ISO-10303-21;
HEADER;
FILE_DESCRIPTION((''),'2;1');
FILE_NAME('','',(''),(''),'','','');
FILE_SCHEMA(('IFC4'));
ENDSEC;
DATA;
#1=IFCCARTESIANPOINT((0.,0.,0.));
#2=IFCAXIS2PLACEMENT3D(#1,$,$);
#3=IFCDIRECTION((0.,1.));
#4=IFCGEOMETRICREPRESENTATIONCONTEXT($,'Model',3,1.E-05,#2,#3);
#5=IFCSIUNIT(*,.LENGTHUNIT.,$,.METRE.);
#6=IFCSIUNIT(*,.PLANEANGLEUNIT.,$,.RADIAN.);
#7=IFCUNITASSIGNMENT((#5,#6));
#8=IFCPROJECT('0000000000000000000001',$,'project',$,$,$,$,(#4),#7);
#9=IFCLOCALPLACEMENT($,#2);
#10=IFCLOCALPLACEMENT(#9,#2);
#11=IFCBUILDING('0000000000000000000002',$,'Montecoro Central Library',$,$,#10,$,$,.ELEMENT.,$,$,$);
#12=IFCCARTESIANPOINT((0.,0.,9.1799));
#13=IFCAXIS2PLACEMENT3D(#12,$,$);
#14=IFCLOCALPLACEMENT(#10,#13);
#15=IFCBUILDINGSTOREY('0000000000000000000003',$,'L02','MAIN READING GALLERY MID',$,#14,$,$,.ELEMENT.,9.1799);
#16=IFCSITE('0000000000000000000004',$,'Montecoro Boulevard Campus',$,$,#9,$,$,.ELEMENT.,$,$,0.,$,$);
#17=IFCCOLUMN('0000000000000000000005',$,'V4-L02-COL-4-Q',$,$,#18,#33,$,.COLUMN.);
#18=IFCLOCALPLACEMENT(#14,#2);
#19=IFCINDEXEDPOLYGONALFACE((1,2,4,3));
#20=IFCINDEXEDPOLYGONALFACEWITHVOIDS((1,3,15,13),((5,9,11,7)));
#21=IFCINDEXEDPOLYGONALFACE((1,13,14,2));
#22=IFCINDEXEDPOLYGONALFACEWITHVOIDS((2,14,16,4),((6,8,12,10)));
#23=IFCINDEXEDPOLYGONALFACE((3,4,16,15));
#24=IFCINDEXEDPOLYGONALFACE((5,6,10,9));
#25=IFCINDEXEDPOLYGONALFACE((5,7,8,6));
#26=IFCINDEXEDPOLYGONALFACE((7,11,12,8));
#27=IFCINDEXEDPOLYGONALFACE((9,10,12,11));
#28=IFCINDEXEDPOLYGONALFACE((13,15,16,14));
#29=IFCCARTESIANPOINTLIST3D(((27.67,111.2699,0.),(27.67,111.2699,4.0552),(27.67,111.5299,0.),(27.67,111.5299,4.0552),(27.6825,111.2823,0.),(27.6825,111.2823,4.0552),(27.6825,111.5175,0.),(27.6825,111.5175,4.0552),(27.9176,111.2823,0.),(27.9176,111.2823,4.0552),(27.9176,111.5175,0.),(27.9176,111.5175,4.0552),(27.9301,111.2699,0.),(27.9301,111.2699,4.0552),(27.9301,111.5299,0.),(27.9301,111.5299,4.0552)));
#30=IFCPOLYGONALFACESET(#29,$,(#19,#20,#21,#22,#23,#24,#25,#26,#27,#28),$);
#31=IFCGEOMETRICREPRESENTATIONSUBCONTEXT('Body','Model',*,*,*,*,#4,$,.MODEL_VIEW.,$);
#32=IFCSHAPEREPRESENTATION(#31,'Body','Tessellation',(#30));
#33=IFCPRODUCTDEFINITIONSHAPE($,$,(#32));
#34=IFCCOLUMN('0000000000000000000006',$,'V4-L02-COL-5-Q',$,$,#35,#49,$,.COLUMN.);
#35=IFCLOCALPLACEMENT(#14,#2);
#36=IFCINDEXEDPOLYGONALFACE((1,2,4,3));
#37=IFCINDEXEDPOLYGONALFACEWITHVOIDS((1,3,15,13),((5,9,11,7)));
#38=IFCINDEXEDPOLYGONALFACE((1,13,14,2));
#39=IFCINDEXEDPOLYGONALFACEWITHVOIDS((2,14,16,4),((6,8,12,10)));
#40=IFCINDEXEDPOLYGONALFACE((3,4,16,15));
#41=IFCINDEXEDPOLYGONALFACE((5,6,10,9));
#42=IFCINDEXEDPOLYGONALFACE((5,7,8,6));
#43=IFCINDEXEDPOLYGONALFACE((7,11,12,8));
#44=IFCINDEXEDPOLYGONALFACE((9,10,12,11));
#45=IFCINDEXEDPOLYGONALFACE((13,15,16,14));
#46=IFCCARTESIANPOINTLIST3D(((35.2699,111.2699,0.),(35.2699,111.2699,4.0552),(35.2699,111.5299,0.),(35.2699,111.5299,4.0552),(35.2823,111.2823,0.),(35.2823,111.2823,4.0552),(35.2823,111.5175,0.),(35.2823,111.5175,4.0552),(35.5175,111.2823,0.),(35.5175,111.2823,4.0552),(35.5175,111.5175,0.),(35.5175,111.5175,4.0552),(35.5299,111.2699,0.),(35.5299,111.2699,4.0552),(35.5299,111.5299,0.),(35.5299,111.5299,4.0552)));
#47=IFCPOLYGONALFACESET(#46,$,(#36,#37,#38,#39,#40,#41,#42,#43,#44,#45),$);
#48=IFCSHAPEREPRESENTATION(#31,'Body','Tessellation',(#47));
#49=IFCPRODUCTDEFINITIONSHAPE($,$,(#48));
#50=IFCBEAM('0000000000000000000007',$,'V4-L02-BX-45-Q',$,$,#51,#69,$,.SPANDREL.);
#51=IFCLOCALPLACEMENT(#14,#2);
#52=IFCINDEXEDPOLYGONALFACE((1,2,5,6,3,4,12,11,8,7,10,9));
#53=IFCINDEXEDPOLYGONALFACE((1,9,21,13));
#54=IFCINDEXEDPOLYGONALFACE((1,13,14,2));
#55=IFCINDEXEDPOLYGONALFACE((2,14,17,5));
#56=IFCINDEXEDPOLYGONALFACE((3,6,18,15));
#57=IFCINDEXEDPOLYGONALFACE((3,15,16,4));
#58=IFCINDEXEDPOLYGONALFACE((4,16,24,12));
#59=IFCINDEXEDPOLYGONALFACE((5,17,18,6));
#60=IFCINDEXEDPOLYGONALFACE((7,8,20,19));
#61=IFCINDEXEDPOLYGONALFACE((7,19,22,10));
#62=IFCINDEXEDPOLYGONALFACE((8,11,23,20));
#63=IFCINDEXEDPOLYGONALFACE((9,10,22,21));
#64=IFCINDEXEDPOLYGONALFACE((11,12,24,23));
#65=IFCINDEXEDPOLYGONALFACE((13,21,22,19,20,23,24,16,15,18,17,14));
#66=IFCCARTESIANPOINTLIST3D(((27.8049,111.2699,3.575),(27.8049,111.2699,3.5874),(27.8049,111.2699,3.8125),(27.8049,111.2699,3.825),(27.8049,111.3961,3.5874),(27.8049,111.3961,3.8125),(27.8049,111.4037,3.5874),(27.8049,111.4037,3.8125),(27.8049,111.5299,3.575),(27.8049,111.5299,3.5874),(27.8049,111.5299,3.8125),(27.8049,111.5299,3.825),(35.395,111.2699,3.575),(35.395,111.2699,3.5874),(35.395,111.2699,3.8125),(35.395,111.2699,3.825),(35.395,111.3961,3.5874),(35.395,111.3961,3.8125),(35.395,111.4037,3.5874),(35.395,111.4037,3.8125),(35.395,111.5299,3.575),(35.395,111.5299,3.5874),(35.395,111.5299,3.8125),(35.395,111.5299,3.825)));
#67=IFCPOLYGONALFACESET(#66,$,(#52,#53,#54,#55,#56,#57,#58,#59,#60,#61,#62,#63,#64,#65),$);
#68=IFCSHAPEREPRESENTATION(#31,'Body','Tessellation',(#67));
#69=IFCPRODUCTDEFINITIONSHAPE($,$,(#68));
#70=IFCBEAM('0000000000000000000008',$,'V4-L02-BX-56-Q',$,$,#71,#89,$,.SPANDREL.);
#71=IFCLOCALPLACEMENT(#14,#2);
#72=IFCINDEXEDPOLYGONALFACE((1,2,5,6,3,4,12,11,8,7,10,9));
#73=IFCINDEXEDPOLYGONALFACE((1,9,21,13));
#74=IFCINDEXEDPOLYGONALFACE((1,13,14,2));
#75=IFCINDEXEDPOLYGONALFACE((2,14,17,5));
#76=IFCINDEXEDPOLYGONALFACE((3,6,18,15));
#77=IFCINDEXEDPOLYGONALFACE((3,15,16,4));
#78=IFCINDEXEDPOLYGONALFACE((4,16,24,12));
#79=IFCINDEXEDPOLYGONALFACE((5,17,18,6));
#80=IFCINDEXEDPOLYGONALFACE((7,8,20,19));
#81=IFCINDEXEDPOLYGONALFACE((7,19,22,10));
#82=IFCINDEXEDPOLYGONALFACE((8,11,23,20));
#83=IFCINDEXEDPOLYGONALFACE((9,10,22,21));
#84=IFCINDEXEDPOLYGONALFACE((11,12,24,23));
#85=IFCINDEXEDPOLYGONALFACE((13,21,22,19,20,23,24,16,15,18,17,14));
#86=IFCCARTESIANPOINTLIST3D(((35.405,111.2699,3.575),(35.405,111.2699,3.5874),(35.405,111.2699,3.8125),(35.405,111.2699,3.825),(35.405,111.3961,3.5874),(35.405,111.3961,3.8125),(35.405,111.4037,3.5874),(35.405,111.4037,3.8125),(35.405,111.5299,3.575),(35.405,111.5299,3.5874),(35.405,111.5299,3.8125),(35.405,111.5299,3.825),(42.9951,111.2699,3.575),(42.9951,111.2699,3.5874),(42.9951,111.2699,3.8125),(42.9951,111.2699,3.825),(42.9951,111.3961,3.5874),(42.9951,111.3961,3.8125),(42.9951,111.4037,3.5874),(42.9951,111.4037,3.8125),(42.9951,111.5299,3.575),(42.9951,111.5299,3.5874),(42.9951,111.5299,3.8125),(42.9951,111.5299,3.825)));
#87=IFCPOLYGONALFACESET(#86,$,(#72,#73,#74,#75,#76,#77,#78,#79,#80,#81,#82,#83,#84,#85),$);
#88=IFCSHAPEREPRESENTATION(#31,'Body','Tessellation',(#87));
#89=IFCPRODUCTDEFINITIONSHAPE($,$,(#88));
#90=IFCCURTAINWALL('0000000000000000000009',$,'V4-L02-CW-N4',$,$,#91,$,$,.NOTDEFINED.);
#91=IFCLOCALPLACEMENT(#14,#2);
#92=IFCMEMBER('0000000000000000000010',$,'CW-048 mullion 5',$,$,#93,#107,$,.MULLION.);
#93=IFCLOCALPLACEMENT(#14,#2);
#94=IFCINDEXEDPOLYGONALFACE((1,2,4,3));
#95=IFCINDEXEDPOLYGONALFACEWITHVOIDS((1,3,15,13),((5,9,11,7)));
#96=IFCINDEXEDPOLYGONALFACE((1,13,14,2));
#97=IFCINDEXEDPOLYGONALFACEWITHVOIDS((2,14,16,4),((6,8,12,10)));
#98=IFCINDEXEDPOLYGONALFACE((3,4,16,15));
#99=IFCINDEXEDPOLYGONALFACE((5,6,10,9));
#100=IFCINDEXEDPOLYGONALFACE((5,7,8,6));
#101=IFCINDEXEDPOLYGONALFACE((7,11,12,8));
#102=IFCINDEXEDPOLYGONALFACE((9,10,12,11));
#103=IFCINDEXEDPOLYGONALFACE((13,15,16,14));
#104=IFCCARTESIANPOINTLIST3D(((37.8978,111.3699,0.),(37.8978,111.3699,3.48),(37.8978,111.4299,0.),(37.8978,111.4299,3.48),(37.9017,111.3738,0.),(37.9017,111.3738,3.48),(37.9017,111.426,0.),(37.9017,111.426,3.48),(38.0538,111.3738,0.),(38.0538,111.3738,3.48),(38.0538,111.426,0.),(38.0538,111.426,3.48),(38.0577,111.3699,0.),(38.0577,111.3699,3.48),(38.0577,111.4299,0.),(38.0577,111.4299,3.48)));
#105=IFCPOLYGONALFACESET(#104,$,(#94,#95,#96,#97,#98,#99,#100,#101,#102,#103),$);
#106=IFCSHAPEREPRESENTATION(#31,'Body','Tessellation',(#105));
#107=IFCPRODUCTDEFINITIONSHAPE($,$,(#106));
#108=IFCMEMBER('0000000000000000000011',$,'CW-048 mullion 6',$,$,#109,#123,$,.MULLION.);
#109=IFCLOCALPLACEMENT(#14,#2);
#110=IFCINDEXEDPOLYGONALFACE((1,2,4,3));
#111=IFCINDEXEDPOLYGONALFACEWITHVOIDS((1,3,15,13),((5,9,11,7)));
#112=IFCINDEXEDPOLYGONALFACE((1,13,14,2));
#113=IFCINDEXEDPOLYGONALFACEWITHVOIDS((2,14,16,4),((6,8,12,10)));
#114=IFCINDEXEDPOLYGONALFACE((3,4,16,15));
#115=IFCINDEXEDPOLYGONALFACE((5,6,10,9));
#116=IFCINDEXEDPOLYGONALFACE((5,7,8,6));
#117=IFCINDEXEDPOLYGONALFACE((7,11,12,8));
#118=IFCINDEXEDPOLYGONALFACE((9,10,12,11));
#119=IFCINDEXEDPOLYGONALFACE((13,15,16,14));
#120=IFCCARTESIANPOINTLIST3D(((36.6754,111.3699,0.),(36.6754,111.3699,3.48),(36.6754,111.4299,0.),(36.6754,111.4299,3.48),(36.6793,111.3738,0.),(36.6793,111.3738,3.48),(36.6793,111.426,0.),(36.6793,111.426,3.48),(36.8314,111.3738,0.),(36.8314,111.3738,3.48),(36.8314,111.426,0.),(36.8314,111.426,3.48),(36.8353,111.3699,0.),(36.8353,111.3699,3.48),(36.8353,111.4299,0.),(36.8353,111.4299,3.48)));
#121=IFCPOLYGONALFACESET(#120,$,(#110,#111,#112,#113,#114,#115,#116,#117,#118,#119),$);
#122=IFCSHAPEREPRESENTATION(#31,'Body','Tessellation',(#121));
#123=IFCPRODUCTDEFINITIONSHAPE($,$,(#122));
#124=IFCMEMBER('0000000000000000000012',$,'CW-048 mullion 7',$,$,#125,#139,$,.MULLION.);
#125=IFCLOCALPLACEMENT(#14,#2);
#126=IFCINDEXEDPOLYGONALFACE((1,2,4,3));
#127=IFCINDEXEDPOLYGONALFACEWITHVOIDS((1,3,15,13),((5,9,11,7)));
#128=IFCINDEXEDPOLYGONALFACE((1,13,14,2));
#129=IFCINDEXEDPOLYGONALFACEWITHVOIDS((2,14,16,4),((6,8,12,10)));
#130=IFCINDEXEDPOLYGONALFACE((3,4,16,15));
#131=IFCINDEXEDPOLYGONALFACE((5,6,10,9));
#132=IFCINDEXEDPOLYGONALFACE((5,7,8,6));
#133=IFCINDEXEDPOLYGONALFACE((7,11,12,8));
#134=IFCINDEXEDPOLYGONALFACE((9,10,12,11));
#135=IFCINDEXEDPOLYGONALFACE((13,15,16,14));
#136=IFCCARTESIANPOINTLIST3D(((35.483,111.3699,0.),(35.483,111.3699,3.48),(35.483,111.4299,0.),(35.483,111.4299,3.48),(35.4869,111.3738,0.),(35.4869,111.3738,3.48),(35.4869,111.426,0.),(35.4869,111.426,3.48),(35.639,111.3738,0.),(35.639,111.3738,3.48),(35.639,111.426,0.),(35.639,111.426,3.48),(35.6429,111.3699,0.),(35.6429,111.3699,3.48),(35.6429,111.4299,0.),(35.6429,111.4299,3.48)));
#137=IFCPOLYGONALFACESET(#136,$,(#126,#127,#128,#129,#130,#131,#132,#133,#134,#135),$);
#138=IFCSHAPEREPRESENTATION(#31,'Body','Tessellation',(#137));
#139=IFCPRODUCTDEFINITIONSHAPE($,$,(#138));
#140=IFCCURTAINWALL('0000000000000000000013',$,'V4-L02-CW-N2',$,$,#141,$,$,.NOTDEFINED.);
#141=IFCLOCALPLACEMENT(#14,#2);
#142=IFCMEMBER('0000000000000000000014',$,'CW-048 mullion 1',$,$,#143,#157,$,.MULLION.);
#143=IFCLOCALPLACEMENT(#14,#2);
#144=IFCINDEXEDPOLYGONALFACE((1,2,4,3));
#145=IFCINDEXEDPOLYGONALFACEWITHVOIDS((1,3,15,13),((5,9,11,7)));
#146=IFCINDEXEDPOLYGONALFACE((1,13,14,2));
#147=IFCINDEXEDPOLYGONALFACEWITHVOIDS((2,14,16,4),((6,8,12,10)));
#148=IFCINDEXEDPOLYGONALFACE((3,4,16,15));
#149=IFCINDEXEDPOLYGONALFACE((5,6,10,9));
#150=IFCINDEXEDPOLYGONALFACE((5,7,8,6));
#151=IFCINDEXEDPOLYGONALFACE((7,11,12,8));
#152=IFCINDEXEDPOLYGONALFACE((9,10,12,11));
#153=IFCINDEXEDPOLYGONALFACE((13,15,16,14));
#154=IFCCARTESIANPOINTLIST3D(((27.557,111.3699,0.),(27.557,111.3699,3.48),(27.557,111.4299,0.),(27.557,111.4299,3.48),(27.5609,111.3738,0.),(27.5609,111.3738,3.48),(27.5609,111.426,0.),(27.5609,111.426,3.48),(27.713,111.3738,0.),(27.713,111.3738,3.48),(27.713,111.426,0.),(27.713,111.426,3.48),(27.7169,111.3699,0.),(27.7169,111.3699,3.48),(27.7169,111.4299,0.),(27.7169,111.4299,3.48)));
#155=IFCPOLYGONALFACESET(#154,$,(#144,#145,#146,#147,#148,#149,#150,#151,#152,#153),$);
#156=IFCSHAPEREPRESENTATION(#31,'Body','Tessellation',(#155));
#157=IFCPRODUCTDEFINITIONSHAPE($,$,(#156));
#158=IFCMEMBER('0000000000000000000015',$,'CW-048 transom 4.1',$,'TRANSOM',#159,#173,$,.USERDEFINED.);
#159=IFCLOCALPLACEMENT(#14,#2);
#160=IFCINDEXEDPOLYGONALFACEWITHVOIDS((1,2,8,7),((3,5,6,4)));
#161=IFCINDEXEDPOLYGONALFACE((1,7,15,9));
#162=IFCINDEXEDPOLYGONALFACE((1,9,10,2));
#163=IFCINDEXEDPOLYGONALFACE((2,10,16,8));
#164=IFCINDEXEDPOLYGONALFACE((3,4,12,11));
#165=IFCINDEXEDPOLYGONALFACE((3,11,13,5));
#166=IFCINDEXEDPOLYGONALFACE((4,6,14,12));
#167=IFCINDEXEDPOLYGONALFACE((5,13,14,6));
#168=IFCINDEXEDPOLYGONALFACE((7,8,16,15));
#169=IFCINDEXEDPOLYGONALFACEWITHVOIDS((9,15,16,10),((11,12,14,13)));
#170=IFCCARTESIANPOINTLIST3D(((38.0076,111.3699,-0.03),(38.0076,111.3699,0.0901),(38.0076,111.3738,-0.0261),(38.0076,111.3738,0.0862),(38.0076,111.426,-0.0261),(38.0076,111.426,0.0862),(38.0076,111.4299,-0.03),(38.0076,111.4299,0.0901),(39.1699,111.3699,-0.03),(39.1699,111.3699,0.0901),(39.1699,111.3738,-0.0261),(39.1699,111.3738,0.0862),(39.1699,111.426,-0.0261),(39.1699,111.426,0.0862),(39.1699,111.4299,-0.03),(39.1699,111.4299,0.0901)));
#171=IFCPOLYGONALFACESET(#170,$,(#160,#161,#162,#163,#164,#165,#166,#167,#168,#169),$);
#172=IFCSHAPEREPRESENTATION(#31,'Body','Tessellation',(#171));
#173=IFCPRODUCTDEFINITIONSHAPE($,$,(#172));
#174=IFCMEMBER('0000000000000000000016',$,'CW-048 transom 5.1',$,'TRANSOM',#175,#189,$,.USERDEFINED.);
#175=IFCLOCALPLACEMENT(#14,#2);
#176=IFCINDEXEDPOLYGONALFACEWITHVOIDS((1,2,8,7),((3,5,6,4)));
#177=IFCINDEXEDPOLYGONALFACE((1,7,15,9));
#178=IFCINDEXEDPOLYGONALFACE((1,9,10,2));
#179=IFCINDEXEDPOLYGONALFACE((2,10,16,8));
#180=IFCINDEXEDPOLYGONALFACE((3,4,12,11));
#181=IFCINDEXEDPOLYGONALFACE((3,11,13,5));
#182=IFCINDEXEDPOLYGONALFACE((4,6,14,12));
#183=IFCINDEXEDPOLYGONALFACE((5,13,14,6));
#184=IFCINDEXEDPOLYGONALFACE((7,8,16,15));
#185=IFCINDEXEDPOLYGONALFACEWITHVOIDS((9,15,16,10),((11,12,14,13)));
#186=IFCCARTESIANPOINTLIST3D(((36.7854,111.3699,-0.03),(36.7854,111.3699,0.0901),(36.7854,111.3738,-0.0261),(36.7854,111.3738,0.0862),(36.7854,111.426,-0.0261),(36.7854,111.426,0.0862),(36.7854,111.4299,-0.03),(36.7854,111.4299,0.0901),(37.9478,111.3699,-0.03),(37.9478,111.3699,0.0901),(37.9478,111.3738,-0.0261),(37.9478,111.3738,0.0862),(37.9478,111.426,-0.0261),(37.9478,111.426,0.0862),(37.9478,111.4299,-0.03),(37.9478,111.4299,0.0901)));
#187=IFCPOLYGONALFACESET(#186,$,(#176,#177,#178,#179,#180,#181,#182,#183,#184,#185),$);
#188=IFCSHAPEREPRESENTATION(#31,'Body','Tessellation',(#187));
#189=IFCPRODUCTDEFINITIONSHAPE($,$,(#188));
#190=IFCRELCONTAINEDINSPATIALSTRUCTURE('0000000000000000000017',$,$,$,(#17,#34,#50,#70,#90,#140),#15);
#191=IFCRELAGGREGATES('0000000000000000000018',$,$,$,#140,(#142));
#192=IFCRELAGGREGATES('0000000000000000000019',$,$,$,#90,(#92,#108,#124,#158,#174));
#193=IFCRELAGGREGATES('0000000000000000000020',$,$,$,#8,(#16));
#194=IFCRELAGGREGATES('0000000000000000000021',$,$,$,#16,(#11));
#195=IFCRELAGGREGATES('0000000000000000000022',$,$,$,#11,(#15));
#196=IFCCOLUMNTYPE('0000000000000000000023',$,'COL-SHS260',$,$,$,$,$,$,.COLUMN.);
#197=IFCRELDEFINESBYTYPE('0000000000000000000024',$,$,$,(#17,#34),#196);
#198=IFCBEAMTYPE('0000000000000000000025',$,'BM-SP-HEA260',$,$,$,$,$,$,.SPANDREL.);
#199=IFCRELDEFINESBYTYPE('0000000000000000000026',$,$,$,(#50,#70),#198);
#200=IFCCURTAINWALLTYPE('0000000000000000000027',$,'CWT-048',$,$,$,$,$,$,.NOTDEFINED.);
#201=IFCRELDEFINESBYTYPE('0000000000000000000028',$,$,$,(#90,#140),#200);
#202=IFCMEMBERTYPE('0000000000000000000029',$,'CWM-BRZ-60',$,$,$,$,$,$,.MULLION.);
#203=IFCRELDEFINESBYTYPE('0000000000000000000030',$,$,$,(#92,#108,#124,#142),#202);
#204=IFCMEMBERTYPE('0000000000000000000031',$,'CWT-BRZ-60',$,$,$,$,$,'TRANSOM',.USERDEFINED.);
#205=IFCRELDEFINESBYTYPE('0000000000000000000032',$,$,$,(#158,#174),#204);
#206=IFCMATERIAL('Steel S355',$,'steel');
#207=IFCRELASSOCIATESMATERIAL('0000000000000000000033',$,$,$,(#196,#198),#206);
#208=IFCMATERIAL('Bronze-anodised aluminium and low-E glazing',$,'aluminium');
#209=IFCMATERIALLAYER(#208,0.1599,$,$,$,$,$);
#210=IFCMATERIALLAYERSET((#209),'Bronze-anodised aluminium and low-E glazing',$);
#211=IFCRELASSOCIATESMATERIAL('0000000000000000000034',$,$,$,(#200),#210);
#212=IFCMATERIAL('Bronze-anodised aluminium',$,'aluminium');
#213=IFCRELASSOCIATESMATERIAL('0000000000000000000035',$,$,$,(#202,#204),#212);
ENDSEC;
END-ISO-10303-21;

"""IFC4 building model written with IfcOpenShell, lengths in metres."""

from ifc_helpers import new_model, si_unit, direction, frame, origin, origin_2d, place, context, subcontext, project, spatial, hollow_rectangle, i_section, extrude, material, layer, layer_set, material_profile, profile_set, type_object, element, aggregate, save


model = new_model("IFC4")

# Units and contexts
model_context = context("Model", 3, precision=1e-05, world=origin(), true_north=direction((0.0, 1.0)))
body_context = subcontext(model_context, "Body", "Model", "MODEL_VIEW")
ifc_project = project(units=[si_unit("LENGTHUNIT", "METRE"), si_unit("PLANEANGLEUNIT", "RADIAN")], contexts=[model_context])

# Site, building, storey
site_placement = place(None, origin())
site = spatial("IfcSite", under=ifc_project, at=site_placement, Name="Montecoro Boulevard Campus", CompositionType="ELEMENT", RefElevation=0.0)
building_placement = place(site_placement, origin())
building = spatial("IfcBuilding", under=site, at=building_placement, Name="Montecoro Central Library", CompositionType="ELEMENT")
storey_placement = place(building_placement, frame((0.0, 0.0, 9.1799)))
storey = spatial("IfcBuildingStorey", under=building, at=storey_placement, Name="L02", Description="MAIN READING GALLERY MID", CompositionType="ELEMENT", Elevation=9.1799)

# Columns
ifc_material_1 = material(Name="Steel S355", Category="steel")
ifc_material_profile_1 = material_profile(ifc_material_1, hollow_rectangle(XDim=0.26, YDim=0.26, WallThickness=0.0125, at=origin_2d()), Name="SHS 260x260x12.5")
ifc_profile_set_1 = profile_set([ifc_material_profile_1], Name="Steel S355")
column_type = type_object("IfcColumnType", Name="COL-SHS260", PredefinedType="COLUMN", material=ifc_profile_set_1)
for number, where, z_axis, x_axis, name in (
    (1, (27.8, 111.3999, 0.0), (0.0, 0.0, 1.0), (1.0, 0.0, 0.0), "V4-L02-COL-4-Q"),
    (2, (35.3999, 111.3999, 0.0), (0.0, 0.0, 1.0), (1.0, 0.0, 0.0), "V4-L02-COL-5-Q"),
):
    element("IfcColumn", number, at=place(storey_placement, frame(where, z_axis=z_axis, x_axis=x_axis)), inside=storey, type_object=column_type, Name=name, PredefinedType="COLUMN", context=body_context, shape_type="SweptSolid", body=[
        extrude(hollow_rectangle(XDim=0.26, YDim=0.26, WallThickness=0.0125, at=origin_2d()), origin(), (0.0, 0.0, 1.0), 4.0552),
    ])

# Beams
ifc_material_profile_2 = material_profile(ifc_material_1, i_section(OverallWidth=0.26, OverallDepth=0.25, WebThickness=0.0076, FlangeThickness=0.0125, at=origin_2d()), Name="HEA 260")
ifc_profile_set_2 = profile_set([ifc_material_profile_2], Name="Steel S355")
beam_type = type_object("IfcBeamType", Name="BM-SP-HEA260", PredefinedType="SPANDREL", material=ifc_profile_set_2)
for number, where, z_axis, x_axis, name in (
    (3, (27.8049, 111.3999, 3.7), (1.0, 0.0, 0.0), (0.0, 1.0, 0.0), "V4-L02-BX-45-Q"),
    (4, (35.405, 111.3999, 3.7), (1.0, 0.0, 0.0), (0.0, 1.0, 0.0), "V4-L02-BX-56-Q"),
):
    element("IfcBeam", number, at=place(storey_placement, frame(where, z_axis=z_axis, x_axis=x_axis)), inside=storey, type_object=beam_type, Name=name, PredefinedType="SPANDREL", context=body_context, shape_type="SweptSolid", body=[
        extrude(i_section(OverallWidth=0.26, OverallDepth=0.25, WebThickness=0.0076, FlangeThickness=0.0125, at=origin_2d()), origin(), (0.0, 0.0, 1.0), 7.5901),
    ])

# Curtain wall, members
ifc_material_2 = material(Name="Bronze-anodised aluminium and low-E glazing", Category="aluminium")
ifc_layer_1 = layer(ifc_material_2, 0.1599)
ifc_layer_set_1 = layer_set([ifc_layer_1], Name="Bronze-anodised aluminium and low-E glazing")
curtain_wall_type = type_object("IfcCurtainWallType", Name="CWT-048", PredefinedType="NOTDEFINED", material=ifc_layer_set_1)
curtain_wall_1_placement = place(storey_placement, origin())
curtain_wall_1 = element("IfcCurtainWall", 5, at=curtain_wall_1_placement, inside=storey, type_object=curtain_wall_type, Name="V4-L02-CW-N4", PredefinedType="NOTDEFINED")
ifc_material_3 = material(Name="Bronze-anodised aluminium", Category="aluminium")
ifc_material_profile_3 = material_profile(ifc_material_3, hollow_rectangle(XDim=0.0601, YDim=0.1599, WallThickness=0.0039, at=origin_2d()), Name="CWM 160x60x4.0")
ifc_profile_set_3 = profile_set([ifc_material_profile_3], Name="Bronze-anodised aluminium")
member_type_1 = type_object("IfcMemberType", Name="CWM-BRZ-60", PredefinedType="MULLION", material=ifc_profile_set_3)
member_1_placement = place(storey_placement, frame((37.9778, 111.3999, 0.0), z_axis=(0.0, 0.0, 1.0), x_axis=(0.0, -1.0, 0.0)))
member_1 = element("IfcMember", 6, at=member_1_placement, type_object=member_type_1, Name="CW-048 mullion 5", PredefinedType="MULLION", context=body_context, shape_type="SweptSolid", body=[
    extrude(hollow_rectangle(XDim=0.0601, YDim=0.1599, WallThickness=0.0039, at=origin_2d()), origin(), (0.0, 0.0, 1.0), 3.48),
])
member_2_placement = place(storey_placement, frame((36.7554, 111.3999, 0.0), z_axis=(0.0, 0.0, 1.0), x_axis=(0.0, -1.0, 0.0)))
member_2 = element("IfcMember", 7, at=member_2_placement, type_object=member_type_1, Name="CW-048 mullion 6", PredefinedType="MULLION", context=body_context, shape_type="SweptSolid", body=[
    extrude(hollow_rectangle(XDim=0.0601, YDim=0.1599, WallThickness=0.0039, at=origin_2d()), origin(), (0.0, 0.0, 1.0), 3.48),
])
member_3_placement = place(storey_placement, frame((35.563, 111.3999, 0.0), z_axis=(0.0, 0.0, 1.0), x_axis=(0.0, -1.0, 0.0)))
member_3 = element("IfcMember", 8, at=member_3_placement, type_object=member_type_1, Name="CW-048 mullion 7", PredefinedType="MULLION", context=body_context, shape_type="SweptSolid", body=[
    extrude(hollow_rectangle(XDim=0.0601, YDim=0.1599, WallThickness=0.0039, at=origin_2d()), origin(), (0.0, 0.0, 1.0), 3.48),
])

# Curtain wall, member
curtain_wall_2_placement = place(storey_placement, origin())
curtain_wall_2 = element("IfcCurtainWall", 9, at=curtain_wall_2_placement, inside=storey, type_object=curtain_wall_type, Name="V4-L02-CW-N2", PredefinedType="NOTDEFINED")
member_4_placement = place(storey_placement, frame((27.637, 111.3999, 0.0), z_axis=(0.0, 0.0, 1.0), x_axis=(0.0, -1.0, 0.0)))
member_4 = element("IfcMember", 10, at=member_4_placement, type_object=member_type_1, Name="CW-048 mullion 1", PredefinedType="MULLION", context=body_context, shape_type="SweptSolid", body=[
    extrude(hollow_rectangle(XDim=0.0601, YDim=0.1599, WallThickness=0.0039, at=origin_2d()), origin(), (0.0, 0.0, 1.0), 3.48),
])
aggregate(curtain_wall_2, [member_4])

# Members
ifc_material_profile_4 = material_profile(ifc_material_3, hollow_rectangle(XDim=0.0601, YDim=0.1201, WallThickness=0.0039, at=origin_2d()), Name="CWT 120x60x4.0")
ifc_profile_set_4 = profile_set([ifc_material_profile_4], Name="Bronze-anodised aluminium")
member_type_2 = type_object("IfcMemberType", Name="CWT-BRZ-60", ElementType="TRANSOM", PredefinedType="USERDEFINED", material=ifc_profile_set_4)
member_5_placement = place(storey_placement, frame((39.1699, 111.3999, 0.03), z_axis=(-1.0, 0.0, 0.0), x_axis=(0.0, -1.0, 0.0)))
member_5 = element("IfcMember", 11, at=member_5_placement, type_object=member_type_2, Name="CW-048 transom 4.1", ObjectType="TRANSOM", PredefinedType="USERDEFINED", context=body_context, shape_type="SweptSolid", body=[
    extrude(hollow_rectangle(XDim=0.0601, YDim=0.1201, WallThickness=0.0039, at=origin_2d()), origin(), (0.0, 0.0, 1.0), 1.1624),
])
member_6_placement = place(storey_placement, frame((37.9478, 111.3999, 0.03), z_axis=(-1.0, 0.0, 0.0), x_axis=(0.0, -1.0, 0.0)))
member_6 = element("IfcMember", 12, at=member_6_placement, type_object=member_type_2, Name="CW-048 transom 5.1", ObjectType="TRANSOM", PredefinedType="USERDEFINED", context=body_context, shape_type="SweptSolid", body=[
    extrude(hollow_rectangle(XDim=0.0601, YDim=0.1201, WallThickness=0.0039, at=origin_2d()), origin(), (0.0, 0.0, 1.0), 1.1624),
])

aggregate(curtain_wall_1, [member_1, member_2, member_3, member_5, member_6])

save(model, "model.ifc")
